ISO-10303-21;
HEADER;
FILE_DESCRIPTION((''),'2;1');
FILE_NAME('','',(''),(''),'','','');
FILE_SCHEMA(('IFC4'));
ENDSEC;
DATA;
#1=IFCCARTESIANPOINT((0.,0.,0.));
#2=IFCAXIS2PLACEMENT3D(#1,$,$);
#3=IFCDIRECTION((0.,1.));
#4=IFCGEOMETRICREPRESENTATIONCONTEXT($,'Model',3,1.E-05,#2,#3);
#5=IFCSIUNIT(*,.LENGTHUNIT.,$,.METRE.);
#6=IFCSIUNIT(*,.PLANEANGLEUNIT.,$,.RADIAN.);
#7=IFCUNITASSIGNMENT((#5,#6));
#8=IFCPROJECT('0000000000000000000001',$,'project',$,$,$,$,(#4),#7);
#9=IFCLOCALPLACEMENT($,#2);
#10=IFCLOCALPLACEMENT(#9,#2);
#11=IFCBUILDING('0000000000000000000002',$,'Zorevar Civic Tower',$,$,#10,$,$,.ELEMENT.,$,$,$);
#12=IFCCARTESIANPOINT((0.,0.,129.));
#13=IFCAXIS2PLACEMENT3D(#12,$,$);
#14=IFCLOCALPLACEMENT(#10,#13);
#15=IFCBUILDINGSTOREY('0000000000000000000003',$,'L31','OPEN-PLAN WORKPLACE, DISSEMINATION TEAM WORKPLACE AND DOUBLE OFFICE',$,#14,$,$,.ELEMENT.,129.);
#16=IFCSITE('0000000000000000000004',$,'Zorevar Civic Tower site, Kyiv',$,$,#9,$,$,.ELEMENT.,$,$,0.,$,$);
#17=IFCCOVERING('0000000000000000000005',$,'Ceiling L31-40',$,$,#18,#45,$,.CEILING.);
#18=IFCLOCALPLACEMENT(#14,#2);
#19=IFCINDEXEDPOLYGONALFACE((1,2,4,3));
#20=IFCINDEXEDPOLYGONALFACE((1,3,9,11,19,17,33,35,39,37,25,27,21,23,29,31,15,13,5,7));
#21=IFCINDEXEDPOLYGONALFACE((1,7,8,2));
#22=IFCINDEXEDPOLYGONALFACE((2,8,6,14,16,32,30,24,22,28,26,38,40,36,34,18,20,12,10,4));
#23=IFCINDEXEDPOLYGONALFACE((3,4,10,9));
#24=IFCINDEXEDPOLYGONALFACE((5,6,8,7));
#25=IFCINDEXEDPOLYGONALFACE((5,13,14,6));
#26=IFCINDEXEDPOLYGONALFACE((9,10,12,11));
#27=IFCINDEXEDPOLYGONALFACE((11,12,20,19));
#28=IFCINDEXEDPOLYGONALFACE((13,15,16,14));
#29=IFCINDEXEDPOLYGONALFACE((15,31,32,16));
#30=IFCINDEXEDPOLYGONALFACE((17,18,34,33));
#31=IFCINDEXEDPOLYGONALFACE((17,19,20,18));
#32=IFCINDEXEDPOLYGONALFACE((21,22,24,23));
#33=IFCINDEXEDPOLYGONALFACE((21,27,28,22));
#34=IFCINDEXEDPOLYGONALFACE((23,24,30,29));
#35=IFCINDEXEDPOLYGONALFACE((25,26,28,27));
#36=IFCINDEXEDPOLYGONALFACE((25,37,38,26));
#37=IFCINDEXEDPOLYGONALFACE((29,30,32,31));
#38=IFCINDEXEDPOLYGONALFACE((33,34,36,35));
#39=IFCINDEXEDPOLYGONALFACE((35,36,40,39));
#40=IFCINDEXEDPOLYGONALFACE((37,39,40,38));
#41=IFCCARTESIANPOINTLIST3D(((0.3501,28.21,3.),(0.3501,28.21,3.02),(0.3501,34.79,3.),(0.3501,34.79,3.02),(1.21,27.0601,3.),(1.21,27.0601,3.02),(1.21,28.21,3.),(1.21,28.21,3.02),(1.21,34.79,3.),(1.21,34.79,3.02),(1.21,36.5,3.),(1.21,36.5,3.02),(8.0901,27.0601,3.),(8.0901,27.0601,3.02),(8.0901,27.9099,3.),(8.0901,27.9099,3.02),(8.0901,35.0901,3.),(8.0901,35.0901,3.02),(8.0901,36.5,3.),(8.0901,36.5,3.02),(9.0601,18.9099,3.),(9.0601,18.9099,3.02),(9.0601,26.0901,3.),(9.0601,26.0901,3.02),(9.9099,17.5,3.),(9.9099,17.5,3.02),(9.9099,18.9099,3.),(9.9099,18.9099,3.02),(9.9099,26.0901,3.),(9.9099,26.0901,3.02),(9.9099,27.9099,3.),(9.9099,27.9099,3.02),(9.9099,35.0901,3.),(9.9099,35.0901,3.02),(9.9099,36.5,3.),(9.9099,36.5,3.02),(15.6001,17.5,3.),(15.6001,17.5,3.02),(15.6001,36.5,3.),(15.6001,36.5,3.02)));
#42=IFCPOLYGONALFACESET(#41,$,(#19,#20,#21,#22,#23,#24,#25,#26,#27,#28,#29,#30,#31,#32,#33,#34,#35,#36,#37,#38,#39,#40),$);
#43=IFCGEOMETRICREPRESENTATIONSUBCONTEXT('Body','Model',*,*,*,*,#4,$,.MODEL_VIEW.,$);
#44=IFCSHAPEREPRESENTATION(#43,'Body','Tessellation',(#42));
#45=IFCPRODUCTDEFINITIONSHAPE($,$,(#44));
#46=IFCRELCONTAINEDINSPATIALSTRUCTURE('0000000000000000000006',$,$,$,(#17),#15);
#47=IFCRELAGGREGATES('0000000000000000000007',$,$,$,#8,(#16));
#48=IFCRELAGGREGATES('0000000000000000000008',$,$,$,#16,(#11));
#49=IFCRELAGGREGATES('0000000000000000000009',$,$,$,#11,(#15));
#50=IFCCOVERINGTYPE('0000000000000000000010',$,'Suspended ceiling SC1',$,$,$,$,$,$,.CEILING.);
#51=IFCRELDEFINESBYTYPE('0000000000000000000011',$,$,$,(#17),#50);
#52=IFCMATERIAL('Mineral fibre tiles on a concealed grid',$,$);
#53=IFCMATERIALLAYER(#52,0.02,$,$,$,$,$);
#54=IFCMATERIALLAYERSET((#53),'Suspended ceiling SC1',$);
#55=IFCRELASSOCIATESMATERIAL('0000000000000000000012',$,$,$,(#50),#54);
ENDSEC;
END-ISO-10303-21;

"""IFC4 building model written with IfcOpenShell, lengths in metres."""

from ifc_helpers import new_model, si_unit, direction, frame, origin, place, context, subcontext, project, spatial, polyline, outline, extrude, material, layer, layer_set, type_object, element, save


model = new_model("IFC4")

# Units and contexts
model_context = context("Model", 3, precision=1e-05, world=origin(), true_north=direction((0.0, 1.0)))
body_context = subcontext(model_context, "Body", "Model", "MODEL_VIEW")
ifc_project = project(units=[si_unit("LENGTHUNIT", "METRE"), si_unit("PLANEANGLEUNIT", "RADIAN")], contexts=[model_context])

# Site, building, storey
site_placement = place(None, origin())
site = spatial("IfcSite", under=ifc_project, at=site_placement, Name="Zorevar Civic Tower site, Kyiv", CompositionType="ELEMENT", RefElevation=0.0)
building_placement = place(site_placement, origin())
building = spatial("IfcBuilding", under=site, at=building_placement, Name="Zorevar Civic Tower", CompositionType="ELEMENT")
storey_placement = place(building_placement, frame((0.0, 0.0, 129.0)))
storey = spatial("IfcBuildingStorey", under=building, at=storey_placement, Name="L31", Description="OPEN-PLAN WORKPLACE, DISSEMINATION TEAM WORKPLACE AND DOUBLE OFFICE", CompositionType="ELEMENT", Elevation=129.0)

# Covering
ifc_material_1 = material(Name="Mineral fibre tiles on a concealed grid")
ifc_layer_1 = layer(ifc_material_1, 0.02)
ifc_layer_set_1 = layer_set([ifc_layer_1], Name="Suspended ceiling SC1")
covering_type_1 = type_object("IfcCoveringType", Name="Suspended ceiling SC1", PredefinedType="CEILING", material=ifc_layer_set_1)
covering_1_placement = place(storey_placement, frame((0.0, 0.0, 3.0)))
element("IfcCovering", 1, at=covering_1_placement, inside=storey, type_object=covering_type_1, Name="Ceiling L31-40", PredefinedType="CEILING", context=body_context, shape_type="SweptSolid", body=[
    extrude(outline(polyline([(1.21, 28.21), (0.3501, 28.21), (0.3501, 34.79), (1.21, 34.79), (1.21, 36.5), (8.0901, 36.5), (8.0901, 35.0901), (9.9099, 35.0901), (9.9099, 36.5), (15.6001, 36.5), (15.6001, 17.5), (9.9099, 17.5), (9.9099, 18.9099), (9.0601, 18.9099), (9.0601, 26.0901), (9.9099, 26.0901), (9.9099, 27.9099), (8.0901, 27.9099), (8.0901, 27.0601), (1.21, 27.0601), (1.21, 28.21)])), origin(), (0.0, 0.0, 1.0), 0.02),
])

save(model, "model.ifc")
